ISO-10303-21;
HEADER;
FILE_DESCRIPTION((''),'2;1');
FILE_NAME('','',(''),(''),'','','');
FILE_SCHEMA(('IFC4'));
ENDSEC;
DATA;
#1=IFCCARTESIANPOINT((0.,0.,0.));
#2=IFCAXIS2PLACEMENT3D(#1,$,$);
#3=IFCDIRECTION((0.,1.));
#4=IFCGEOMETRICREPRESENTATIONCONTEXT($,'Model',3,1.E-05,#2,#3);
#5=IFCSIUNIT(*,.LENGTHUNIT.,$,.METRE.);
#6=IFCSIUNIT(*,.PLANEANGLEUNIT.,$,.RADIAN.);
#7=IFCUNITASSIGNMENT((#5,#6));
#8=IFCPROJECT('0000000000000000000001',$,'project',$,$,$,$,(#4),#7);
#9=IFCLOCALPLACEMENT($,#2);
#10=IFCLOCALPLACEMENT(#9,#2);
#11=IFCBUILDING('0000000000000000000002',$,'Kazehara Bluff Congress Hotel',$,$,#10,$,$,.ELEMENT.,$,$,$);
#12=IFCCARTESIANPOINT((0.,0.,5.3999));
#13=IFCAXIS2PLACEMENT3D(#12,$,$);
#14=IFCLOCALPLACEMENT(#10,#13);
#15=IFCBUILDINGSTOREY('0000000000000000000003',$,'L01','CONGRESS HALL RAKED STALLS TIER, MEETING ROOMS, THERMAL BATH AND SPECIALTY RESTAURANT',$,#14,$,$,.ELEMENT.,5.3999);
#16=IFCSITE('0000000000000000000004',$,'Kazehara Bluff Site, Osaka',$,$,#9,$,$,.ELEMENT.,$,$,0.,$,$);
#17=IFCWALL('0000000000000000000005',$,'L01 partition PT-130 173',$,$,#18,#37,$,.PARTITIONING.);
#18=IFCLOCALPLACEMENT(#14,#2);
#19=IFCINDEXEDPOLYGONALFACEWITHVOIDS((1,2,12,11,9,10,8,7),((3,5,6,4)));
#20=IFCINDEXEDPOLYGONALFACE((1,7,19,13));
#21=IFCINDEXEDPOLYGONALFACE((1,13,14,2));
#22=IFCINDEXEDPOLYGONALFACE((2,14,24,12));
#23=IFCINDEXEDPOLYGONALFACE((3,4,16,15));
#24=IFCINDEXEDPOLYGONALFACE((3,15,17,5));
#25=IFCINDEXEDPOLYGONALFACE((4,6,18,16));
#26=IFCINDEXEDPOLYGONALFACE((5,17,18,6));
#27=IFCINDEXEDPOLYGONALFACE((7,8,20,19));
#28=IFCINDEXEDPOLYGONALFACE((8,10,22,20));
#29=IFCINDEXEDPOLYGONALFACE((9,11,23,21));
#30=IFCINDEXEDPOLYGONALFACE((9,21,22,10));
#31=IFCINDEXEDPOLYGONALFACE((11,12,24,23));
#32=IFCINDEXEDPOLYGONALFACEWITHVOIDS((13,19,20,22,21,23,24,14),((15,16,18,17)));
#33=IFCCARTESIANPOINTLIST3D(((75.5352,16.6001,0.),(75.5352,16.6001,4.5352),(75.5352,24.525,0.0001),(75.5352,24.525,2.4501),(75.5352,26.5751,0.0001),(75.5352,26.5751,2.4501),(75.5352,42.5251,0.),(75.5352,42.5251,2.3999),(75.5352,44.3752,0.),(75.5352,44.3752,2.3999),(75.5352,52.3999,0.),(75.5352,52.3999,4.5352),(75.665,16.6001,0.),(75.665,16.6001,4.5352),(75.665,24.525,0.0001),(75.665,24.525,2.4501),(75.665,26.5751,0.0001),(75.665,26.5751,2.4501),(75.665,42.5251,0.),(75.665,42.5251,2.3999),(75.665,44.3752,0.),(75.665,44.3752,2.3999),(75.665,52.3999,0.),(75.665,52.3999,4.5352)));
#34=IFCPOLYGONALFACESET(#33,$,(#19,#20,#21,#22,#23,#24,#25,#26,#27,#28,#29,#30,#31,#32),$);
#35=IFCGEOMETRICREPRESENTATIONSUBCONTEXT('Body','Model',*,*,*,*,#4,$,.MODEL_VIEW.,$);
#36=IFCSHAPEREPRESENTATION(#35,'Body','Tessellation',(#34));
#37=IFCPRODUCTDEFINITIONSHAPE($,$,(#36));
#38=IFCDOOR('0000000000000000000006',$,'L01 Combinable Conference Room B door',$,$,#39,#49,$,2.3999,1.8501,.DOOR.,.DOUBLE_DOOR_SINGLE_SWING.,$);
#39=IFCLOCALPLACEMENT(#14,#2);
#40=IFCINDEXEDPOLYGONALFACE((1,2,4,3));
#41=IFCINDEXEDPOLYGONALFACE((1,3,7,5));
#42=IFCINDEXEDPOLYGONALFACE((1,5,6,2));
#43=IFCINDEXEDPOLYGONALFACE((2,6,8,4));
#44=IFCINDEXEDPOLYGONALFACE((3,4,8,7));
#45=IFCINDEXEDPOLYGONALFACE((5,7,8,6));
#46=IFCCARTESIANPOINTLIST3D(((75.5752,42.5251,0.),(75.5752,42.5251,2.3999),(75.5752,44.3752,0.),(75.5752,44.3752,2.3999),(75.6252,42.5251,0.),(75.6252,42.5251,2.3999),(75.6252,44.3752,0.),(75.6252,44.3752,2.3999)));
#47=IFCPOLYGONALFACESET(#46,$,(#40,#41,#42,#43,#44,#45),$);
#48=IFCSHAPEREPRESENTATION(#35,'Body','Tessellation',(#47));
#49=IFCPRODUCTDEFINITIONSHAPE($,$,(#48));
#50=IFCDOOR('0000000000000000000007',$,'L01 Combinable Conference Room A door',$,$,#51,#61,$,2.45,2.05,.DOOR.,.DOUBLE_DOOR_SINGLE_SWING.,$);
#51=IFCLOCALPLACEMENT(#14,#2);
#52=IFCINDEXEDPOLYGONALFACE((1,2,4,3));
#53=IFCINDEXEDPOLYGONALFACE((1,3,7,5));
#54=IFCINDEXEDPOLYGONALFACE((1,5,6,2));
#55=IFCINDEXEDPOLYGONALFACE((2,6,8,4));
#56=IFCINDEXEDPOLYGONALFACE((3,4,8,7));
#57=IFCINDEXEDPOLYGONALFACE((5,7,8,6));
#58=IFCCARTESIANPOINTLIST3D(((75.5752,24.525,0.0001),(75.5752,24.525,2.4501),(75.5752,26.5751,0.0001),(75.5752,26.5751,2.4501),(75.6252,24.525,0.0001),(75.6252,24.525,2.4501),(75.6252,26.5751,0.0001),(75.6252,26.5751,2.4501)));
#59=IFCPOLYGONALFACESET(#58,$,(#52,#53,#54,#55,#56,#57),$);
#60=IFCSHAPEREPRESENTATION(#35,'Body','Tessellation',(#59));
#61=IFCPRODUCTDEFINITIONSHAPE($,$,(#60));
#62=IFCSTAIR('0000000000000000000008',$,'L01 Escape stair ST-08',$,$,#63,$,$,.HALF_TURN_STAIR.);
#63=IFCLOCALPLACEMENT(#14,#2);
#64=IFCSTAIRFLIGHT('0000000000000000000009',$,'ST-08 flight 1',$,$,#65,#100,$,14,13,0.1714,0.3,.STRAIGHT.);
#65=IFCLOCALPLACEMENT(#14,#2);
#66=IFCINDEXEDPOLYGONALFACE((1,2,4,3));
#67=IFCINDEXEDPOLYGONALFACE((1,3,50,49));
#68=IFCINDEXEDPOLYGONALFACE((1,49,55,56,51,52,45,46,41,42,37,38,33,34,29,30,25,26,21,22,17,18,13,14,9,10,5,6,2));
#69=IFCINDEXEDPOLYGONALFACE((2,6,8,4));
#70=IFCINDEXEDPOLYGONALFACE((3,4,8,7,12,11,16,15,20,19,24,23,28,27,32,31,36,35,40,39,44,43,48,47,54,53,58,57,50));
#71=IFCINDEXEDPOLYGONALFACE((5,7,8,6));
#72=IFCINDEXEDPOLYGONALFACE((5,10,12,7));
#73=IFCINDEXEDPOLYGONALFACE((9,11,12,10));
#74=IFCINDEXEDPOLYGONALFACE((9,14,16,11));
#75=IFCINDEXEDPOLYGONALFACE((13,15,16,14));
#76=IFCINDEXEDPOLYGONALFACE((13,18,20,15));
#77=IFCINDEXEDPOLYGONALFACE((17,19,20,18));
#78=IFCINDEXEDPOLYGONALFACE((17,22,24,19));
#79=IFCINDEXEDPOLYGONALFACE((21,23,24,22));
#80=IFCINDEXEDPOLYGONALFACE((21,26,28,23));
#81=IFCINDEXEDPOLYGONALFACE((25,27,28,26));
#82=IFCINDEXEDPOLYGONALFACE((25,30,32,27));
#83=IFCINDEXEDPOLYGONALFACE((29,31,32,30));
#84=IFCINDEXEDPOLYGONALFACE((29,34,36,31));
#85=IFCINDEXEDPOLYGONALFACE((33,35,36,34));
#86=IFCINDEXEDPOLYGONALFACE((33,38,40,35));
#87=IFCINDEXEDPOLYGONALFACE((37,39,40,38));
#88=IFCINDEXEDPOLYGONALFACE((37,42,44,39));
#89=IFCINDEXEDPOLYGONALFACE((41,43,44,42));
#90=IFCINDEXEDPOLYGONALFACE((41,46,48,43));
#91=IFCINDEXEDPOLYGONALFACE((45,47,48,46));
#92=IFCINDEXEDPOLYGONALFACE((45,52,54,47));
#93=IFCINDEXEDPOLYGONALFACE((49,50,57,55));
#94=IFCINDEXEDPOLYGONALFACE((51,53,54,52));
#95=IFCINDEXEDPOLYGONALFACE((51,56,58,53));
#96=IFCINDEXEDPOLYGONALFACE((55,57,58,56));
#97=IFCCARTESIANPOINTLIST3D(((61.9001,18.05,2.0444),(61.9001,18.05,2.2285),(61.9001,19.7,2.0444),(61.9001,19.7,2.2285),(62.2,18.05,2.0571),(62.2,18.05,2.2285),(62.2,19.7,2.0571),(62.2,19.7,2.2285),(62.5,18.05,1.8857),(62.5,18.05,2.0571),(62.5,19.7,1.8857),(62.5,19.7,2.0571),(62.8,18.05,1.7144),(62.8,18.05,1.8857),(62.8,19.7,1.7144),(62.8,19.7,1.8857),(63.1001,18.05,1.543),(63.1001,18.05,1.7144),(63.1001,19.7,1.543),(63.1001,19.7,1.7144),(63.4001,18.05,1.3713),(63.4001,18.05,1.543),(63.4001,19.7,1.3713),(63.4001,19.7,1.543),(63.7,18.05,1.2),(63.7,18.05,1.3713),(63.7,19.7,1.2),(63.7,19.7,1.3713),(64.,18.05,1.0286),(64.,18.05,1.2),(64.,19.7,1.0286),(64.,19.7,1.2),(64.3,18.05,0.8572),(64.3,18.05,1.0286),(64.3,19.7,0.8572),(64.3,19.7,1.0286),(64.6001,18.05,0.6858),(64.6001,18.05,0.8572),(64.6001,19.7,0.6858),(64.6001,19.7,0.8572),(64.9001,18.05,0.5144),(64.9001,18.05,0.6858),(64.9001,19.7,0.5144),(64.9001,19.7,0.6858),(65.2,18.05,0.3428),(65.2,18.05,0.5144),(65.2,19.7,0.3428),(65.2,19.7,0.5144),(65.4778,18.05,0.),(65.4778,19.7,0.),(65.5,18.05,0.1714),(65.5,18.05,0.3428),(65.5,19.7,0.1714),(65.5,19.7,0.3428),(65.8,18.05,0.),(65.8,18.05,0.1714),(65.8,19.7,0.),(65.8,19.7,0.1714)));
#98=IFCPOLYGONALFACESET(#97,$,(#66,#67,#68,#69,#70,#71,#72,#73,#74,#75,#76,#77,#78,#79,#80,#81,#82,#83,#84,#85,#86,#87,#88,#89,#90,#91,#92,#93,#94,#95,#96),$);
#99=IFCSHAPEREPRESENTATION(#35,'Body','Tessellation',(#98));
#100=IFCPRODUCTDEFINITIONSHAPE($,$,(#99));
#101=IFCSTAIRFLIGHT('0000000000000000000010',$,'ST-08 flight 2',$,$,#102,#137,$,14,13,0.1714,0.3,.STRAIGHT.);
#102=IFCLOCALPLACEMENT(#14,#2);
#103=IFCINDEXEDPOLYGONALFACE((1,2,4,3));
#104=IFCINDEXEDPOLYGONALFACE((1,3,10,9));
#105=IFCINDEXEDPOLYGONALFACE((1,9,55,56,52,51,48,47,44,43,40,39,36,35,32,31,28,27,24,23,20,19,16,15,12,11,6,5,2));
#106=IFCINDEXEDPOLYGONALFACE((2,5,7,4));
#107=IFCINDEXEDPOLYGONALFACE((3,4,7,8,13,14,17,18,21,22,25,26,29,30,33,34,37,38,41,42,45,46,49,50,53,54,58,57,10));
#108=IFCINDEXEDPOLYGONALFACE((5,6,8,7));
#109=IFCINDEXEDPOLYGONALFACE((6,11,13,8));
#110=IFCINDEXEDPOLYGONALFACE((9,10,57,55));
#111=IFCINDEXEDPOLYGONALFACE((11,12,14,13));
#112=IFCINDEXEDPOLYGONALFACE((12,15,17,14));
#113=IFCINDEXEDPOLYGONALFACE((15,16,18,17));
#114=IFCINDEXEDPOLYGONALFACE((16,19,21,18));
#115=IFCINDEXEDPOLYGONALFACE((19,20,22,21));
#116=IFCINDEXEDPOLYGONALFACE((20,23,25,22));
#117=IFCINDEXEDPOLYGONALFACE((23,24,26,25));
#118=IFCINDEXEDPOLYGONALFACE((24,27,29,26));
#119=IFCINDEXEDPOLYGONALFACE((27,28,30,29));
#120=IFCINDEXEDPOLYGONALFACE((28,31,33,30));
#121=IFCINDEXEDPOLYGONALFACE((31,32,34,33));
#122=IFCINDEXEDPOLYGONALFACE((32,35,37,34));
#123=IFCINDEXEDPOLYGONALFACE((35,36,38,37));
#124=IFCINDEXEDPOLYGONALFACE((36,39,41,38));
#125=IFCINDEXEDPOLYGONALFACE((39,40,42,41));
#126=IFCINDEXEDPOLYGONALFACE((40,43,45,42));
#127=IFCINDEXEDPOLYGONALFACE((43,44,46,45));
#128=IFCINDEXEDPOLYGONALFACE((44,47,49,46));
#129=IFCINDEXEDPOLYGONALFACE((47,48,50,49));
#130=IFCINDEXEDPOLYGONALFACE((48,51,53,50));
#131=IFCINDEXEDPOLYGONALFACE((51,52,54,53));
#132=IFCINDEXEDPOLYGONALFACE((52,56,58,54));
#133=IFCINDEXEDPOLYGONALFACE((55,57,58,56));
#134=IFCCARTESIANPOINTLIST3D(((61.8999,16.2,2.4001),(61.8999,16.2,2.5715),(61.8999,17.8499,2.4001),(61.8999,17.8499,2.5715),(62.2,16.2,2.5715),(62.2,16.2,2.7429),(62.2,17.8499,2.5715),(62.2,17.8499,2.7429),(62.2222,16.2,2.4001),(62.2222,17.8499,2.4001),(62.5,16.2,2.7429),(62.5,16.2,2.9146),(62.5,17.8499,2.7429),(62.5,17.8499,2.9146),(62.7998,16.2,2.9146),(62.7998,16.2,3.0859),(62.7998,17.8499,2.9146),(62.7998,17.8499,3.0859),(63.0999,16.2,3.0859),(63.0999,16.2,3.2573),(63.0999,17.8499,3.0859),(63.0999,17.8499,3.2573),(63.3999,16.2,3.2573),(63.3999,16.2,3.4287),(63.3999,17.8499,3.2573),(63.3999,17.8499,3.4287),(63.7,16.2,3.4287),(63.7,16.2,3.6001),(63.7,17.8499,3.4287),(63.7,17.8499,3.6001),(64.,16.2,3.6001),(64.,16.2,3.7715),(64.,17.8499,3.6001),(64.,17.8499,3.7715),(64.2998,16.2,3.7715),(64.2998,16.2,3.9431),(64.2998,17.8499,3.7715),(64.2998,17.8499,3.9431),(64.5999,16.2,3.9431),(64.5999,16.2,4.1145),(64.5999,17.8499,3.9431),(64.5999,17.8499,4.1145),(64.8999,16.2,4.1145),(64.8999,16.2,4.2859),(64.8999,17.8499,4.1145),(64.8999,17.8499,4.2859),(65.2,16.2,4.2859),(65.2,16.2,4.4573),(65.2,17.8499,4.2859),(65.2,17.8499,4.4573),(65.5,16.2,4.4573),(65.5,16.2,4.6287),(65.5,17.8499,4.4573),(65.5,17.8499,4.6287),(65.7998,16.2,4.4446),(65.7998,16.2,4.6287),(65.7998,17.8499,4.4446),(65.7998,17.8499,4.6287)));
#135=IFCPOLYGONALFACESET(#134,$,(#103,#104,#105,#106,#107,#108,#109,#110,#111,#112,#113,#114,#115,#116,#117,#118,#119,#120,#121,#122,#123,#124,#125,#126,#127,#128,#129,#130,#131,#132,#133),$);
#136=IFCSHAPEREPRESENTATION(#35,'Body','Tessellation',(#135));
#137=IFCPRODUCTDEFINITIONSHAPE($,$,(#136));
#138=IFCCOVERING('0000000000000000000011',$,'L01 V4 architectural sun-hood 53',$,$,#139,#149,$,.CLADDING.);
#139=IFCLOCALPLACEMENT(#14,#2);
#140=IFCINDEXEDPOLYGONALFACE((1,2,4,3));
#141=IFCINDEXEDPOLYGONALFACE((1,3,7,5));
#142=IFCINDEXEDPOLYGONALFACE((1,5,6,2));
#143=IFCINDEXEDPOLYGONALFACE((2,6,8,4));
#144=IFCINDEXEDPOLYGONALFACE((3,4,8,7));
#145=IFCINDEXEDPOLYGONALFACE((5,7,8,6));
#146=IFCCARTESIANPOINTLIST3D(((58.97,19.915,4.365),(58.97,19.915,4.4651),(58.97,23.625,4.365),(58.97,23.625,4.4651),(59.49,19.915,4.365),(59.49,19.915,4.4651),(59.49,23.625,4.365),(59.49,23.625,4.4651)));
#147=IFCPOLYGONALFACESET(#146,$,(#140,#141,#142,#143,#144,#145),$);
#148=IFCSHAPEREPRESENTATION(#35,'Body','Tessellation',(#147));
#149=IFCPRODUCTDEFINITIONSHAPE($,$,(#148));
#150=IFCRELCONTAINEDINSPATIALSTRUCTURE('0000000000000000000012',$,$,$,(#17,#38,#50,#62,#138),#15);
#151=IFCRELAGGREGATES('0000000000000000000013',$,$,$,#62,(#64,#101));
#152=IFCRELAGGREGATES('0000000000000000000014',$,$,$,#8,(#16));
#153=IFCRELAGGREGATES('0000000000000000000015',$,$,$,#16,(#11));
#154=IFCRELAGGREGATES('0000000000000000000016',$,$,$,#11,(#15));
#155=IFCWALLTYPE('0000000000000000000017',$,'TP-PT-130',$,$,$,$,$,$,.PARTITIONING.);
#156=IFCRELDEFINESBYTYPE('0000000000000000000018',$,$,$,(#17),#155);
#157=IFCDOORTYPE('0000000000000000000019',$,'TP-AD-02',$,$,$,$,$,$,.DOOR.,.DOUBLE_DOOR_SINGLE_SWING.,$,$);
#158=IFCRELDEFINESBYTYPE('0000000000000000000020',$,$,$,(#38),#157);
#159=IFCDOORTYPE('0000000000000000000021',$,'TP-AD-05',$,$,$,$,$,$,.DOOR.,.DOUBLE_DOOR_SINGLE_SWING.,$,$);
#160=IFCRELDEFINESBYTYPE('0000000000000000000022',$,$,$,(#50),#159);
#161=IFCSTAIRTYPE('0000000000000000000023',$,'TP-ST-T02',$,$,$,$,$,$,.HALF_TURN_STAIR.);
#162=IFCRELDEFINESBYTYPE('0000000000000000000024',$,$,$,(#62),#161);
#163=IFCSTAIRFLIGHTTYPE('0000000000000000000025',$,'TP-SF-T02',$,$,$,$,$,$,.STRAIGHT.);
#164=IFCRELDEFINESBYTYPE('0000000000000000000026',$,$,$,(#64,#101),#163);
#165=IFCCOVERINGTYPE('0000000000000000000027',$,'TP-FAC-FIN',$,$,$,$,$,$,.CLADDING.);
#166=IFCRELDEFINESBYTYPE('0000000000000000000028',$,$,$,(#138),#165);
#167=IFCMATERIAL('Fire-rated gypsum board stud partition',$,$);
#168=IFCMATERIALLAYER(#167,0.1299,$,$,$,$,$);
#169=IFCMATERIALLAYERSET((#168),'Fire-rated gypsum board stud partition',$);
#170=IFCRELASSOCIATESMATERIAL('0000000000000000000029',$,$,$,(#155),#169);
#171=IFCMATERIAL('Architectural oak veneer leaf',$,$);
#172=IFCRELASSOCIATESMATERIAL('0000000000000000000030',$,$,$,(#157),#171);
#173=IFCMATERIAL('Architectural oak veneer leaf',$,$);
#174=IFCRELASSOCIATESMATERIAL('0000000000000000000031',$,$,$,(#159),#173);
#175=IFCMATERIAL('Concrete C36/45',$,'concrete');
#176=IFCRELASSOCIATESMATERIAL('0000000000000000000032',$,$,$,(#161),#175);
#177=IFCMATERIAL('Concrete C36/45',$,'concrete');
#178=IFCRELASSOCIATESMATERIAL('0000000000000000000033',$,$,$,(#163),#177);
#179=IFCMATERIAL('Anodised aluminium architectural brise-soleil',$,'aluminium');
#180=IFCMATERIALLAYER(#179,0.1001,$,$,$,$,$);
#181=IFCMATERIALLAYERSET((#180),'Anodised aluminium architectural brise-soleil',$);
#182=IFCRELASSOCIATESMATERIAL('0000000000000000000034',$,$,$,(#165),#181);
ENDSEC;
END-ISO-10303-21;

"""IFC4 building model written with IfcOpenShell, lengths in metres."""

from ifc_helpers import new_model, si_unit, direction, frame, frame_2d, origin, origin_2d, place, context, subcontext, project, spatial, polyline, rectangle, outline, extrude, material, layer, layer_set, type_object, element, fill, aggregate, save


model = new_model("IFC4")

# Units and contexts
model_context = context("Model", 3, precision=1e-05, world=origin(), true_north=direction((0.0, 1.0)))
body_context = subcontext(model_context, "Body", "Model", "MODEL_VIEW")
ifc_project = project(units=[si_unit("LENGTHUNIT", "METRE"), si_unit("PLANEANGLEUNIT", "RADIAN")], contexts=[model_context])

# Site, building, storey
site_placement = place(None, origin())
site = spatial("IfcSite", under=ifc_project, at=site_placement, Name="Kazehara Bluff Site, Osaka", CompositionType="ELEMENT", RefElevation=0.0)
building_placement = place(site_placement, origin())
building = spatial("IfcBuilding", under=site, at=building_placement, Name="Kazehara Bluff Congress Hotel", CompositionType="ELEMENT")
storey_placement = place(building_placement, frame((0.0, 0.0, 5.3999)))
storey = spatial("IfcBuildingStorey", under=building, at=storey_placement, Name="L01", Description="CONGRESS HALL RAKED STALLS TIER, MEETING ROOMS, THERMAL BATH AND SPECIALTY RESTAURANT", CompositionType="ELEMENT", Elevation=5.3999)

# Wall, openings, doors
ifc_material_1 = material(Name="Fire-rated gypsum board stud partition")
ifc_layer_1 = layer(ifc_material_1, 0.1299)
ifc_layer_set_1 = layer_set([ifc_layer_1], Name="Fire-rated gypsum board stud partition")
wall_type_1 = type_object("IfcWallType", Name="TP-PT-130", PredefinedType="PARTITIONING", material=ifc_layer_set_1)
wall_1_placement = place(storey_placement, frame((75.6001, 16.6001, 0.0), z_axis=(0.0, 0.0, 1.0), x_axis=(0.0, 1.0, 0.0)))
wall_1 = element("IfcWall", 1, at=wall_1_placement, inside=storey, type_object=wall_type_1, Name="L01 partition PT-130 173", PredefinedType="PARTITIONING", context=body_context, shape_type="SweptSolid", body=[
    extrude(rectangle(XDim=35.7998, YDim=0.1299, at=frame_2d((17.8999, 0.0))), origin(), (0.0, 0.0, 1.0), 4.5352),
])
opening_1_placement = place(wall_1_placement, frame((7.925, 0.0, 0.0)))
opening_1 = element("IfcOpeningElement", 2, at=opening_1_placement, cuts=wall_1, PredefinedType="OPENING", context=body_context, shape_type="SweptSolid", body=[
    extrude(rectangle(XDim=2.05, YDim=2.45, at=frame_2d((1.0249, 1.2251))), frame((0.0, 0.075, 0.0), z_axis=(0.0, -1.0, 0.0), x_axis=(1.0, 0.0, 0.0)), (0.0, 0.0, 1.0), 0.1499),
])
opening_2_placement = place(wall_1_placement, frame((25.925, 0.0, 0.0)))
opening_2 = element("IfcOpeningElement", 3, at=opening_2_placement, cuts=wall_1, PredefinedType="OPENING", context=body_context, shape_type="SweptSolid", body=[
    extrude(rectangle(XDim=1.8501, YDim=2.3999, at=frame_2d((0.925, 1.2))), frame((0.0, 0.075, 0.0), z_axis=(0.0, -1.0, 0.0), x_axis=(1.0, 0.0, 0.0)), (0.0, 0.0, 1.0), 0.1499),
])
ifc_material_2 = material(Name="Architectural oak veneer leaf")
door_type_1 = type_object("IfcDoorType", Name="TP-AD-02", OperationType="DOUBLE_DOOR_SINGLE_SWING", PredefinedType="DOOR", material=ifc_material_2)
door_1_placement = place(opening_2_placement, origin())
door_1 = element("IfcDoor", 4, at=door_1_placement, inside=storey, type_object=door_type_1, Name="L01 Combinable Conference Room B door", OperationType="DOUBLE_DOOR_SINGLE_SWING", OverallHeight=2.3999, OverallWidth=1.8501, PredefinedType="DOOR", context=body_context, shape_type="SweptSolid", body=[
    extrude(rectangle(XDim=1.8501, YDim=2.3999, at=frame_2d((0.925, 1.2))), frame((0.0, 0.0249, 0.0), z_axis=(0.0, -1.0, 0.0), x_axis=(1.0, 0.0, 0.0)), (0.0, 0.0, 1.0), 0.05),
])
fill(opening_2, door_1)
ifc_material_3 = material(Name="Architectural oak veneer leaf")
door_type_2 = type_object("IfcDoorType", Name="TP-AD-05", OperationType="DOUBLE_DOOR_SINGLE_SWING", PredefinedType="DOOR", material=ifc_material_3)
door_2_placement = place(opening_1_placement, origin())
door_2 = element("IfcDoor", 5, at=door_2_placement, inside=storey, type_object=door_type_2, Name="L01 Combinable Conference Room A door", OperationType="DOUBLE_DOOR_SINGLE_SWING", OverallHeight=2.45, OverallWidth=2.05, PredefinedType="DOOR", context=body_context, shape_type="SweptSolid", body=[
    extrude(rectangle(XDim=2.05, YDim=2.45, at=frame_2d((1.0249, 1.2251))), frame((0.0, 0.0249, 0.0), z_axis=(0.0, -1.0, 0.0), x_axis=(1.0, 0.0, 0.0)), (0.0, 0.0, 1.0), 0.05),
])
fill(opening_1, door_2)

# Stair, stair flights
ifc_material_4 = material(Name="Concrete C36/45", Category="concrete")
stair_type = type_object("IfcStairType", Name="TP-ST-T02", PredefinedType="HALF_TURN_STAIR", material=ifc_material_4)
stair_placement = place(storey_placement, origin())
stair = element("IfcStair", 6, at=stair_placement, inside=storey, type_object=stair_type, Name="L01 Escape stair ST-08", PredefinedType="HALF_TURN_STAIR")
ifc_material_5 = material(Name="Concrete C36/45", Category="concrete")
stair_flight_type = type_object("IfcStairFlightType", Name="TP-SF-T02", PredefinedType="STRAIGHT", material=ifc_material_5)
stair_flight_1_placement = place(storey_placement, frame((65.8, 18.875, 0.0), z_axis=(0.0, 0.0, 1.0), x_axis=(-1.0, 0.0, 0.0)))
stair_flight_1 = element("IfcStairFlight", 7, at=stair_flight_1_placement, type_object=stair_flight_type, Name="ST-08 flight 1", NumberOfRisers=14, NumberOfTreads=13, PredefinedType="STRAIGHT", RiserHeight=0.1714, TreadLength=0.3, context=body_context, shape_type="SweptSolid", body=[
    extrude(outline(polyline([(0.0, 0.0), (0.0, 0.1714), (0.3, 0.1714), (0.3, 0.3428), (0.6001, 0.3428), (0.6001, 0.5144), (0.8999, 0.5144), (0.8999, 0.6858), (1.2, 0.6858), (1.2, 0.8572), (1.5, 0.8572), (1.5, 1.0286), (1.8, 1.0286), (1.8, 1.2), (2.1001, 1.2), (2.1001, 1.3713), (2.3999, 1.3713), (2.3999, 1.543), (2.7, 1.543), (2.7, 1.7144), (3.0, 1.7144), (3.0, 1.8857), (3.3, 1.8857), (3.3, 2.0571), (3.6001, 2.0571), (3.6001, 2.2285), (3.8999, 2.2285), (3.8999, 2.3999), (3.8999, 2.0444), (0.3223, 0.0), (0.0, 0.0)])), frame((0.0, 0.825, 0.0), z_axis=(0.0, -1.0, 0.0), x_axis=(1.0, 0.0, 0.0)), (0.0, 0.0, 1.0), 1.6499),
])
stair_flight_2_placement = place(storey_placement, frame((61.8999, 17.0249, 2.4001), z_axis=(0.0, 0.0, 1.0), x_axis=(1.0, 0.0, 0.0)))
stair_flight_2 = element("IfcStairFlight", 8, at=stair_flight_2_placement, type_object=stair_flight_type, Name="ST-08 flight 2", NumberOfRisers=14, NumberOfTreads=13, PredefinedType="STRAIGHT", RiserHeight=0.1714, TreadLength=0.3, context=body_context, shape_type="SweptSolid", body=[
    extrude(outline(polyline([(0.0, 0.0), (0.0, 0.1714), (0.3, 0.1714), (0.3, 0.3428), (0.6001, 0.3428), (0.6001, 0.5144), (0.8999, 0.5144), (0.8999, 0.6858), (1.2, 0.6858), (1.2, 0.8572), (1.5, 0.8572), (1.5, 1.0286), (1.8, 1.0286), (1.8, 1.2), (2.1001, 1.2), (2.1001, 1.3713), (2.3999, 1.3713), (2.3999, 1.543), (2.7, 1.543), (2.7, 1.7144), (3.0, 1.7144), (3.0, 1.8857), (3.3, 1.8857), (3.3, 2.0571), (3.6001, 2.0571), (3.6001, 2.2285), (3.8999, 2.2285), (3.8999, 2.3999), (3.8999, 2.0444), (0.3223, 0.0), (0.0, 0.0)])), frame((0.0, 0.825, 0.0), z_axis=(0.0, -1.0, 0.0), x_axis=(1.0, 0.0, 0.0)), (0.0, 0.0, 1.0), 1.6499),
])
aggregate(stair, [stair_flight_1, stair_flight_2])

# Covering
ifc_material_6 = material(Name="Anodised aluminium architectural brise-soleil", Category="aluminium")
ifc_layer_2 = layer(ifc_material_6, 0.1001)
ifc_layer_set_2 = layer_set([ifc_layer_2], Name="Anodised aluminium architectural brise-soleil")
covering_type = type_object("IfcCoveringType", Name="TP-FAC-FIN", PredefinedType="CLADDING", material=ifc_layer_set_2)
covering_placement = place(storey_placement, frame((59.23, 21.77, 4.365), z_axis=(0.0, 0.0, 1.0), x_axis=(1.0, 0.0, 0.0)))
element("IfcCovering", 9, at=covering_placement, inside=storey, type_object=covering_type, Name="L01 V4 architectural sun-hood 53", PredefinedType="CLADDING", context=body_context, shape_type="SweptSolid", body=[
    extrude(rectangle(XDim=0.52, YDim=3.71, at=origin_2d()), origin(), (0.0, 0.0, 1.0), 0.1001),
])

save(model, "model.ifc")
